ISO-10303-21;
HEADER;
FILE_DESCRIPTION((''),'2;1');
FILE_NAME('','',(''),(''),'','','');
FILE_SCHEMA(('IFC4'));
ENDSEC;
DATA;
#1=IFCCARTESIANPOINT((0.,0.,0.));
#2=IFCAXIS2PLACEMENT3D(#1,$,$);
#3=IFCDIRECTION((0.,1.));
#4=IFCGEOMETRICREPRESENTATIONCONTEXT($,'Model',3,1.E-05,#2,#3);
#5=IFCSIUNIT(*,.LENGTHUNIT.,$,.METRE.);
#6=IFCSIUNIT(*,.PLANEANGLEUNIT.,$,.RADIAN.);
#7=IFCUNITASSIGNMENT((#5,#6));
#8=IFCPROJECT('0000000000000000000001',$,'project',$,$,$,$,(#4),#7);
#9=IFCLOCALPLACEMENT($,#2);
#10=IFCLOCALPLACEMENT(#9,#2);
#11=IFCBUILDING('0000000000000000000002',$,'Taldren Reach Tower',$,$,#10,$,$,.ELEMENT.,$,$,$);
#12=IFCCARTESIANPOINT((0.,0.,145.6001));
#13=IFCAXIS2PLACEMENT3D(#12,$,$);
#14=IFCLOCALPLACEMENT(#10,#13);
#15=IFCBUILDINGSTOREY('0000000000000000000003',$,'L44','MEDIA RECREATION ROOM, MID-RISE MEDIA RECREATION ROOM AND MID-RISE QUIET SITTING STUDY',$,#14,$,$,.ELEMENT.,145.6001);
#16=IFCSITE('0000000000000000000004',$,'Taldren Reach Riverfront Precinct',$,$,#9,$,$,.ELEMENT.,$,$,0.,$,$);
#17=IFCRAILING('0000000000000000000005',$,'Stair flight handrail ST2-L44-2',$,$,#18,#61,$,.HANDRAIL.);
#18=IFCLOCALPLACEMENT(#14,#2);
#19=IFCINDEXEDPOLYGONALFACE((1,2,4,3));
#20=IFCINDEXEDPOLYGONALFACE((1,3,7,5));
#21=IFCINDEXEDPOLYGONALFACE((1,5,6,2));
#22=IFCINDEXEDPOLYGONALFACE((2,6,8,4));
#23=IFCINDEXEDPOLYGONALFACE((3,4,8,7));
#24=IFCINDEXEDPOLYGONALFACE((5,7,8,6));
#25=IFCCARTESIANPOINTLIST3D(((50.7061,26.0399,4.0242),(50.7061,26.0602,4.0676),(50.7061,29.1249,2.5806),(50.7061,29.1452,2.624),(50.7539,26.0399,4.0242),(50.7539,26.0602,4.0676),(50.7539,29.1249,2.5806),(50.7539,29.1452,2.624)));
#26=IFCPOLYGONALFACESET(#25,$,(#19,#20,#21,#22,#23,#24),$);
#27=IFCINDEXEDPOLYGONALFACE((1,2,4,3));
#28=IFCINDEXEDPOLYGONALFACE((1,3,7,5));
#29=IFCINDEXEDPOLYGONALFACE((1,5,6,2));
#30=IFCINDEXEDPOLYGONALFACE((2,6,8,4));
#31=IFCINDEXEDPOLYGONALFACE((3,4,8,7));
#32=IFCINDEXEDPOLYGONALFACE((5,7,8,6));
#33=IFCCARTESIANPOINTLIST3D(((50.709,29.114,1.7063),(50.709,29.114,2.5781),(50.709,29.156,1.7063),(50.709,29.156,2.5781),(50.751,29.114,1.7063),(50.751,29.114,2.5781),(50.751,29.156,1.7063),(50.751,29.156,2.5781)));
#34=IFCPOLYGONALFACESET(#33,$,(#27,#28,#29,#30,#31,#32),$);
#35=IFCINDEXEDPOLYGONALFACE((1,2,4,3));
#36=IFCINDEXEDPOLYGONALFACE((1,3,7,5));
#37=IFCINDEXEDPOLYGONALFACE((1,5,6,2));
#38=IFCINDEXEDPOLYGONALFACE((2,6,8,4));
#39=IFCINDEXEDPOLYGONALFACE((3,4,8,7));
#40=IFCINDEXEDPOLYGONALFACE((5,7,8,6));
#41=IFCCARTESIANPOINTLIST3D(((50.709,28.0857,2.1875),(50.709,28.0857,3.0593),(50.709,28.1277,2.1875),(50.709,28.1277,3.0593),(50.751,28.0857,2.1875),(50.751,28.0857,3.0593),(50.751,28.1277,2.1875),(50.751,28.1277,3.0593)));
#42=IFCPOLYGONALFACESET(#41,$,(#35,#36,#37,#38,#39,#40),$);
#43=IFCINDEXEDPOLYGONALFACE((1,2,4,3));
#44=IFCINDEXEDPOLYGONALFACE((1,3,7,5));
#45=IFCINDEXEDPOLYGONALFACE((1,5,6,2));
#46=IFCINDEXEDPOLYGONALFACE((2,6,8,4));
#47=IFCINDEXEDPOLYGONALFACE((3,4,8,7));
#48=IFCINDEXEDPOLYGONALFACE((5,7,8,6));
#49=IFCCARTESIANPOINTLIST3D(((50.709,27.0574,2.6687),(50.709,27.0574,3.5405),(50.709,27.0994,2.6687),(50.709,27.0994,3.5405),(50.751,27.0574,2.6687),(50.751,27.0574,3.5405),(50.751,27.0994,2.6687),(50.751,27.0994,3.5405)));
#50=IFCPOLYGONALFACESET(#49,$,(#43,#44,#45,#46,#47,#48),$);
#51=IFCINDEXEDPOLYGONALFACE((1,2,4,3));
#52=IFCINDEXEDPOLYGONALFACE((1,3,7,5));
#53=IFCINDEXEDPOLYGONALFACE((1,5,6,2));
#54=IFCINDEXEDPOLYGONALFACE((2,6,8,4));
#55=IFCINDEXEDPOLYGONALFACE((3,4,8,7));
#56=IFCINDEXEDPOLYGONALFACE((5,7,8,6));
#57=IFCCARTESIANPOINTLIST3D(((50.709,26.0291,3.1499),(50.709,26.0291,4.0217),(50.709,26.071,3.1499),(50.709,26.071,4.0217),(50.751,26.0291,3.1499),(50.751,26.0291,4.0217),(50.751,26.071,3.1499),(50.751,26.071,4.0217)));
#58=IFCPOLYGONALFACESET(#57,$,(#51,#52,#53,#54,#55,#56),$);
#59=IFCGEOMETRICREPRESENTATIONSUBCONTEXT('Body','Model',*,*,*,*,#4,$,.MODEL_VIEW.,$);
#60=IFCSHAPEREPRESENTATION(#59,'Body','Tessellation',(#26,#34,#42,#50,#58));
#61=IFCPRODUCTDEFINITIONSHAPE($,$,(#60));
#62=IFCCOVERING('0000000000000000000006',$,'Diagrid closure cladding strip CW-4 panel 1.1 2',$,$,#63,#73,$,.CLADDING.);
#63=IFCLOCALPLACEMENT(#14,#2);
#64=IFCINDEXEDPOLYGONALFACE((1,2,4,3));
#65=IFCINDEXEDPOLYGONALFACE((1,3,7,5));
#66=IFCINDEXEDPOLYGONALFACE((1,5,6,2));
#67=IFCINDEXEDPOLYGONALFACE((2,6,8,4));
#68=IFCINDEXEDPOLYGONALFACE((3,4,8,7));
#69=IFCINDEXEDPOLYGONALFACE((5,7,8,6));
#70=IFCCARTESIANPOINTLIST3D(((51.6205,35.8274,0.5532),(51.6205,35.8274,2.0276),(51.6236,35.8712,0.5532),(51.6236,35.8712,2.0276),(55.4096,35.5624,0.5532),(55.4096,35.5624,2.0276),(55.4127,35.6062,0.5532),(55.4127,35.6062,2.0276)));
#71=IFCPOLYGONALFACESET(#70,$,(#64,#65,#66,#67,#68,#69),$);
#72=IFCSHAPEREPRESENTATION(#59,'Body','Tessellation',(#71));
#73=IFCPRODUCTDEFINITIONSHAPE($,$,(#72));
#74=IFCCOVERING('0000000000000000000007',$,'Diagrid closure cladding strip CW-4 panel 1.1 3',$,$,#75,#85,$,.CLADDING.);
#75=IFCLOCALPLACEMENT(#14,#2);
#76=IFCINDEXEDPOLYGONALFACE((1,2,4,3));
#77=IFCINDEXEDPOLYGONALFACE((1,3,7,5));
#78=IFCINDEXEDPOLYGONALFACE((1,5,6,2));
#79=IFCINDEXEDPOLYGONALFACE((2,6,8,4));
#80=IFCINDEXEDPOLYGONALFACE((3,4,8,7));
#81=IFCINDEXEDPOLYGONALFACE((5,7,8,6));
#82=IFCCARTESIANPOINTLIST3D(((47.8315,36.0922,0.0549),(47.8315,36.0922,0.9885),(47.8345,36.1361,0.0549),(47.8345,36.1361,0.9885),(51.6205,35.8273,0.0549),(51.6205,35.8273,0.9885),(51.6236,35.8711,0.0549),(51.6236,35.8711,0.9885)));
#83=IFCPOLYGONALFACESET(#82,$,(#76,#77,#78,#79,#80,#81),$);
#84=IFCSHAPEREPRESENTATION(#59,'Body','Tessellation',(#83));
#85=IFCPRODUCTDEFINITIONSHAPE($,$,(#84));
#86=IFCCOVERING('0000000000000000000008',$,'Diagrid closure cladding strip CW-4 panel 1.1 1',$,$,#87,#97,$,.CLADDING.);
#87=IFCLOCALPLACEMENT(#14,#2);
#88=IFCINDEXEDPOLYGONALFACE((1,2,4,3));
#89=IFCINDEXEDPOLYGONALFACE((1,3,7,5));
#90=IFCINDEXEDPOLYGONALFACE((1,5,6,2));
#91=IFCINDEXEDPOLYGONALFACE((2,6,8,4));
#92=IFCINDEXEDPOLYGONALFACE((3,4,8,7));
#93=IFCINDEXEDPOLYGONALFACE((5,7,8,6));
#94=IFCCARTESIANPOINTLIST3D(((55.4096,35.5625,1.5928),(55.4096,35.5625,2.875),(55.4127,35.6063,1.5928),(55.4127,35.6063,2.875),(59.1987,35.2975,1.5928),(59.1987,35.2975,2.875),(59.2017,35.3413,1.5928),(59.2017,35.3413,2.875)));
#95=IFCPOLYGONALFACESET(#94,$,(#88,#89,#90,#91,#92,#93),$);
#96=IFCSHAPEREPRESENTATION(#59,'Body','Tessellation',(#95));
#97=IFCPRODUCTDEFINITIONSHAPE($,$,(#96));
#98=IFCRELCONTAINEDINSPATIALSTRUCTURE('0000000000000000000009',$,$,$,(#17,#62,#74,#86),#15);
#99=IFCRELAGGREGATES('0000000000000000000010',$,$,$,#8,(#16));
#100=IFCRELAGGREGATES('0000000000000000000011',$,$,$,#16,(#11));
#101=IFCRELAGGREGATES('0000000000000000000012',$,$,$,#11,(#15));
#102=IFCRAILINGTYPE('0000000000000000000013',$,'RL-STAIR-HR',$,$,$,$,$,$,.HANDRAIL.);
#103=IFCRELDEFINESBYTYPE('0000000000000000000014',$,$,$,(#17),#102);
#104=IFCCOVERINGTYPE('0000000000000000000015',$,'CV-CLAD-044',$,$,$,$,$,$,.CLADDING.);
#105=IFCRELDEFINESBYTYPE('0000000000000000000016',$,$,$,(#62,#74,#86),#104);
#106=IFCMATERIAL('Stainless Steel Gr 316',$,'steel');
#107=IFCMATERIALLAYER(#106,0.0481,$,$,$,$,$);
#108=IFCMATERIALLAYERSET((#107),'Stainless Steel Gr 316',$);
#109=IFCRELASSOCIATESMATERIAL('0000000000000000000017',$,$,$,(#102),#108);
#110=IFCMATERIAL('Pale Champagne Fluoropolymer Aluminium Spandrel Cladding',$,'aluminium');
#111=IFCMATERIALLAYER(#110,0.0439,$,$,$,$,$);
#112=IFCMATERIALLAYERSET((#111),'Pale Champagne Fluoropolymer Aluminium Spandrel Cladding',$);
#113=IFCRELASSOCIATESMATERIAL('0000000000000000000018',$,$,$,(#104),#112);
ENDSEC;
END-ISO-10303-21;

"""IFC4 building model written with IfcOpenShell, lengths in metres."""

from ifc_helpers import new_model, si_unit, direction, frame, origin, origin_2d, place, context, subcontext, project, spatial, rectangle, extrude, source, transform, mapped, material, layer, layer_set, type_object, element, save


model = new_model("IFC4")

# Units and contexts
model_context = context("Model", 3, precision=1e-05, world=origin(), true_north=direction((0.0, 1.0)))
body_context = subcontext(model_context, "Body", "Model", "MODEL_VIEW")
ifc_project = project(units=[si_unit("LENGTHUNIT", "METRE"), si_unit("PLANEANGLEUNIT", "RADIAN")], contexts=[model_context])

# Site, building, storey
site_placement = place(None, origin())
site = spatial("IfcSite", under=ifc_project, at=site_placement, Name="Taldren Reach Riverfront Precinct", CompositionType="ELEMENT", RefElevation=0.0)
building_placement = place(site_placement, origin())
building = spatial("IfcBuilding", under=site, at=building_placement, Name="Taldren Reach Tower", CompositionType="ELEMENT")
storey_placement = place(building_placement, frame((0.0, 0.0, 145.6001)))
storey = spatial("IfcBuildingStorey", under=building, at=storey_placement, Name="L44", Description="MEDIA RECREATION ROOM, MID-RISE MEDIA RECREATION ROOM AND MID-RISE QUIET SITTING STUDY", CompositionType="ELEMENT", Elevation=145.6001)

# Railing
ifc_material_1 = material(Name="Stainless Steel Gr 316", Category="steel")
ifc_layer_1 = layer(ifc_material_1, 0.0481)
ifc_layer_set_1 = layer_set([ifc_layer_1], Name="Stainless Steel Gr 316")
railing_type_1 = type_object("IfcRailingType", Name="RL-STAIR-HR", PredefinedType="HANDRAIL", material=ifc_layer_set_1)
railing_1_placement = place(storey_placement, frame((50.73, 29.135, 1.7063)))
element("IfcRailing", 1, at=railing_1_placement, inside=storey, type_object=railing_type_1, Name="Stair flight handrail ST2-L44-2", PredefinedType="HANDRAIL", context=body_context, shape_type="SweptSolid", body=[
    extrude(rectangle(XDim=0.0479, YDim=0.0479, at=origin_2d()), frame((0.0, 0.0, 0.896), z_axis=(0.0, -0.905738, 0.423839), x_axis=(1.0, 0.0, 0.0)), (0.0, 0.0, 1.0), 3.406),
    extrude(rectangle(XDim=0.042, YDim=0.042, at=origin_2d()), origin(), (0.0, 0.0, 1.0), 0.8718),
    extrude(rectangle(XDim=0.042, YDim=0.042, at=origin_2d()), frame((0.0, -1.0283, 0.4812)), (0.0, 0.0, 1.0), 0.8718),
    extrude(rectangle(XDim=0.042, YDim=0.042, at=origin_2d()), frame((0.0, -2.0566, 0.9624)), (0.0, 0.0, 1.0), 0.8718),
    extrude(rectangle(XDim=0.042, YDim=0.042, at=origin_2d()), frame((0.0, -3.085, 1.4436)), (0.0, 0.0, 1.0), 0.8718),
])

# Coverings
ifc_material_2 = material(Name="Pale Champagne Fluoropolymer Aluminium Spandrel Cladding", Category="aluminium")
ifc_layer_2 = layer(ifc_material_2, 0.0439)
ifc_layer_set_2 = layer_set([ifc_layer_2], Name="Pale Champagne Fluoropolymer Aluminium Spandrel Cladding")
covering_type = type_object("IfcCoveringType", Name="CV-CLAD-044", PredefinedType="CLADDING", material=ifc_layer_set_2)
shared_shape_1 = source(origin(), body_context, "Body", "SweptSolid", [
    extrude(rectangle(XDim=3.7983, YDim=0.0439, at=origin_2d()), origin(), (0.0, 0.0, 1.0), 1.4744),
])
covering_1_placement = place(storey_placement, frame((53.5166, 35.7168, 0.5532), z_axis=(0.0, 0.0, 1.0), x_axis=(-0.997564, 0.069757, 0.0)))
element("IfcCovering", 2, at=covering_1_placement, inside=storey, type_object=covering_type, Name="Diagrid closure cladding strip CW-4 panel 1.1 2", PredefinedType="CLADDING", context=body_context, shape_type="MappedRepresentation", body=[
    mapped(shared_shape_1, transform((0.0, 0.0, 0.0), scale=1.0)),
])
shared_shape_2 = source(origin(), body_context, "Body", "SweptSolid", [
    extrude(rectangle(XDim=3.7983, YDim=0.0439, at=origin_2d()), origin(), (0.0, 0.0, 1.0), 0.9336),
])
covering_2_placement = place(storey_placement, frame((49.7275, 35.9817, 0.0549), z_axis=(0.0, 0.0, 1.0), x_axis=(-0.997564, 0.069757, 0.0)))
element("IfcCovering", 3, at=covering_2_placement, inside=storey, type_object=covering_type, Name="Diagrid closure cladding strip CW-4 panel 1.1 3", PredefinedType="CLADDING", context=body_context, shape_type="MappedRepresentation", body=[
    mapped(shared_shape_2, transform((0.0, 0.0, 0.0), scale=1.0)),
])
shared_shape_3 = source(origin(), body_context, "Body", "SweptSolid", [
    extrude(rectangle(XDim=3.7983, YDim=0.0439, at=origin_2d()), origin(), (0.0, 0.0, 1.0), 1.2822),
])
covering_3_placement = place(storey_placement, frame((57.3057, 35.4519, 1.5928), z_axis=(0.0, 0.0, 1.0), x_axis=(-0.997564, 0.069757, 0.0)))
element("IfcCovering", 4, at=covering_3_placement, inside=storey, type_object=covering_type, Name="Diagrid closure cladding strip CW-4 panel 1.1 1", PredefinedType="CLADDING", context=body_context, shape_type="MappedRepresentation", body=[
    mapped(shared_shape_3, transform((0.0, 0.0, 0.0), scale=1.0)),
])

save(model, "model.ifc")
